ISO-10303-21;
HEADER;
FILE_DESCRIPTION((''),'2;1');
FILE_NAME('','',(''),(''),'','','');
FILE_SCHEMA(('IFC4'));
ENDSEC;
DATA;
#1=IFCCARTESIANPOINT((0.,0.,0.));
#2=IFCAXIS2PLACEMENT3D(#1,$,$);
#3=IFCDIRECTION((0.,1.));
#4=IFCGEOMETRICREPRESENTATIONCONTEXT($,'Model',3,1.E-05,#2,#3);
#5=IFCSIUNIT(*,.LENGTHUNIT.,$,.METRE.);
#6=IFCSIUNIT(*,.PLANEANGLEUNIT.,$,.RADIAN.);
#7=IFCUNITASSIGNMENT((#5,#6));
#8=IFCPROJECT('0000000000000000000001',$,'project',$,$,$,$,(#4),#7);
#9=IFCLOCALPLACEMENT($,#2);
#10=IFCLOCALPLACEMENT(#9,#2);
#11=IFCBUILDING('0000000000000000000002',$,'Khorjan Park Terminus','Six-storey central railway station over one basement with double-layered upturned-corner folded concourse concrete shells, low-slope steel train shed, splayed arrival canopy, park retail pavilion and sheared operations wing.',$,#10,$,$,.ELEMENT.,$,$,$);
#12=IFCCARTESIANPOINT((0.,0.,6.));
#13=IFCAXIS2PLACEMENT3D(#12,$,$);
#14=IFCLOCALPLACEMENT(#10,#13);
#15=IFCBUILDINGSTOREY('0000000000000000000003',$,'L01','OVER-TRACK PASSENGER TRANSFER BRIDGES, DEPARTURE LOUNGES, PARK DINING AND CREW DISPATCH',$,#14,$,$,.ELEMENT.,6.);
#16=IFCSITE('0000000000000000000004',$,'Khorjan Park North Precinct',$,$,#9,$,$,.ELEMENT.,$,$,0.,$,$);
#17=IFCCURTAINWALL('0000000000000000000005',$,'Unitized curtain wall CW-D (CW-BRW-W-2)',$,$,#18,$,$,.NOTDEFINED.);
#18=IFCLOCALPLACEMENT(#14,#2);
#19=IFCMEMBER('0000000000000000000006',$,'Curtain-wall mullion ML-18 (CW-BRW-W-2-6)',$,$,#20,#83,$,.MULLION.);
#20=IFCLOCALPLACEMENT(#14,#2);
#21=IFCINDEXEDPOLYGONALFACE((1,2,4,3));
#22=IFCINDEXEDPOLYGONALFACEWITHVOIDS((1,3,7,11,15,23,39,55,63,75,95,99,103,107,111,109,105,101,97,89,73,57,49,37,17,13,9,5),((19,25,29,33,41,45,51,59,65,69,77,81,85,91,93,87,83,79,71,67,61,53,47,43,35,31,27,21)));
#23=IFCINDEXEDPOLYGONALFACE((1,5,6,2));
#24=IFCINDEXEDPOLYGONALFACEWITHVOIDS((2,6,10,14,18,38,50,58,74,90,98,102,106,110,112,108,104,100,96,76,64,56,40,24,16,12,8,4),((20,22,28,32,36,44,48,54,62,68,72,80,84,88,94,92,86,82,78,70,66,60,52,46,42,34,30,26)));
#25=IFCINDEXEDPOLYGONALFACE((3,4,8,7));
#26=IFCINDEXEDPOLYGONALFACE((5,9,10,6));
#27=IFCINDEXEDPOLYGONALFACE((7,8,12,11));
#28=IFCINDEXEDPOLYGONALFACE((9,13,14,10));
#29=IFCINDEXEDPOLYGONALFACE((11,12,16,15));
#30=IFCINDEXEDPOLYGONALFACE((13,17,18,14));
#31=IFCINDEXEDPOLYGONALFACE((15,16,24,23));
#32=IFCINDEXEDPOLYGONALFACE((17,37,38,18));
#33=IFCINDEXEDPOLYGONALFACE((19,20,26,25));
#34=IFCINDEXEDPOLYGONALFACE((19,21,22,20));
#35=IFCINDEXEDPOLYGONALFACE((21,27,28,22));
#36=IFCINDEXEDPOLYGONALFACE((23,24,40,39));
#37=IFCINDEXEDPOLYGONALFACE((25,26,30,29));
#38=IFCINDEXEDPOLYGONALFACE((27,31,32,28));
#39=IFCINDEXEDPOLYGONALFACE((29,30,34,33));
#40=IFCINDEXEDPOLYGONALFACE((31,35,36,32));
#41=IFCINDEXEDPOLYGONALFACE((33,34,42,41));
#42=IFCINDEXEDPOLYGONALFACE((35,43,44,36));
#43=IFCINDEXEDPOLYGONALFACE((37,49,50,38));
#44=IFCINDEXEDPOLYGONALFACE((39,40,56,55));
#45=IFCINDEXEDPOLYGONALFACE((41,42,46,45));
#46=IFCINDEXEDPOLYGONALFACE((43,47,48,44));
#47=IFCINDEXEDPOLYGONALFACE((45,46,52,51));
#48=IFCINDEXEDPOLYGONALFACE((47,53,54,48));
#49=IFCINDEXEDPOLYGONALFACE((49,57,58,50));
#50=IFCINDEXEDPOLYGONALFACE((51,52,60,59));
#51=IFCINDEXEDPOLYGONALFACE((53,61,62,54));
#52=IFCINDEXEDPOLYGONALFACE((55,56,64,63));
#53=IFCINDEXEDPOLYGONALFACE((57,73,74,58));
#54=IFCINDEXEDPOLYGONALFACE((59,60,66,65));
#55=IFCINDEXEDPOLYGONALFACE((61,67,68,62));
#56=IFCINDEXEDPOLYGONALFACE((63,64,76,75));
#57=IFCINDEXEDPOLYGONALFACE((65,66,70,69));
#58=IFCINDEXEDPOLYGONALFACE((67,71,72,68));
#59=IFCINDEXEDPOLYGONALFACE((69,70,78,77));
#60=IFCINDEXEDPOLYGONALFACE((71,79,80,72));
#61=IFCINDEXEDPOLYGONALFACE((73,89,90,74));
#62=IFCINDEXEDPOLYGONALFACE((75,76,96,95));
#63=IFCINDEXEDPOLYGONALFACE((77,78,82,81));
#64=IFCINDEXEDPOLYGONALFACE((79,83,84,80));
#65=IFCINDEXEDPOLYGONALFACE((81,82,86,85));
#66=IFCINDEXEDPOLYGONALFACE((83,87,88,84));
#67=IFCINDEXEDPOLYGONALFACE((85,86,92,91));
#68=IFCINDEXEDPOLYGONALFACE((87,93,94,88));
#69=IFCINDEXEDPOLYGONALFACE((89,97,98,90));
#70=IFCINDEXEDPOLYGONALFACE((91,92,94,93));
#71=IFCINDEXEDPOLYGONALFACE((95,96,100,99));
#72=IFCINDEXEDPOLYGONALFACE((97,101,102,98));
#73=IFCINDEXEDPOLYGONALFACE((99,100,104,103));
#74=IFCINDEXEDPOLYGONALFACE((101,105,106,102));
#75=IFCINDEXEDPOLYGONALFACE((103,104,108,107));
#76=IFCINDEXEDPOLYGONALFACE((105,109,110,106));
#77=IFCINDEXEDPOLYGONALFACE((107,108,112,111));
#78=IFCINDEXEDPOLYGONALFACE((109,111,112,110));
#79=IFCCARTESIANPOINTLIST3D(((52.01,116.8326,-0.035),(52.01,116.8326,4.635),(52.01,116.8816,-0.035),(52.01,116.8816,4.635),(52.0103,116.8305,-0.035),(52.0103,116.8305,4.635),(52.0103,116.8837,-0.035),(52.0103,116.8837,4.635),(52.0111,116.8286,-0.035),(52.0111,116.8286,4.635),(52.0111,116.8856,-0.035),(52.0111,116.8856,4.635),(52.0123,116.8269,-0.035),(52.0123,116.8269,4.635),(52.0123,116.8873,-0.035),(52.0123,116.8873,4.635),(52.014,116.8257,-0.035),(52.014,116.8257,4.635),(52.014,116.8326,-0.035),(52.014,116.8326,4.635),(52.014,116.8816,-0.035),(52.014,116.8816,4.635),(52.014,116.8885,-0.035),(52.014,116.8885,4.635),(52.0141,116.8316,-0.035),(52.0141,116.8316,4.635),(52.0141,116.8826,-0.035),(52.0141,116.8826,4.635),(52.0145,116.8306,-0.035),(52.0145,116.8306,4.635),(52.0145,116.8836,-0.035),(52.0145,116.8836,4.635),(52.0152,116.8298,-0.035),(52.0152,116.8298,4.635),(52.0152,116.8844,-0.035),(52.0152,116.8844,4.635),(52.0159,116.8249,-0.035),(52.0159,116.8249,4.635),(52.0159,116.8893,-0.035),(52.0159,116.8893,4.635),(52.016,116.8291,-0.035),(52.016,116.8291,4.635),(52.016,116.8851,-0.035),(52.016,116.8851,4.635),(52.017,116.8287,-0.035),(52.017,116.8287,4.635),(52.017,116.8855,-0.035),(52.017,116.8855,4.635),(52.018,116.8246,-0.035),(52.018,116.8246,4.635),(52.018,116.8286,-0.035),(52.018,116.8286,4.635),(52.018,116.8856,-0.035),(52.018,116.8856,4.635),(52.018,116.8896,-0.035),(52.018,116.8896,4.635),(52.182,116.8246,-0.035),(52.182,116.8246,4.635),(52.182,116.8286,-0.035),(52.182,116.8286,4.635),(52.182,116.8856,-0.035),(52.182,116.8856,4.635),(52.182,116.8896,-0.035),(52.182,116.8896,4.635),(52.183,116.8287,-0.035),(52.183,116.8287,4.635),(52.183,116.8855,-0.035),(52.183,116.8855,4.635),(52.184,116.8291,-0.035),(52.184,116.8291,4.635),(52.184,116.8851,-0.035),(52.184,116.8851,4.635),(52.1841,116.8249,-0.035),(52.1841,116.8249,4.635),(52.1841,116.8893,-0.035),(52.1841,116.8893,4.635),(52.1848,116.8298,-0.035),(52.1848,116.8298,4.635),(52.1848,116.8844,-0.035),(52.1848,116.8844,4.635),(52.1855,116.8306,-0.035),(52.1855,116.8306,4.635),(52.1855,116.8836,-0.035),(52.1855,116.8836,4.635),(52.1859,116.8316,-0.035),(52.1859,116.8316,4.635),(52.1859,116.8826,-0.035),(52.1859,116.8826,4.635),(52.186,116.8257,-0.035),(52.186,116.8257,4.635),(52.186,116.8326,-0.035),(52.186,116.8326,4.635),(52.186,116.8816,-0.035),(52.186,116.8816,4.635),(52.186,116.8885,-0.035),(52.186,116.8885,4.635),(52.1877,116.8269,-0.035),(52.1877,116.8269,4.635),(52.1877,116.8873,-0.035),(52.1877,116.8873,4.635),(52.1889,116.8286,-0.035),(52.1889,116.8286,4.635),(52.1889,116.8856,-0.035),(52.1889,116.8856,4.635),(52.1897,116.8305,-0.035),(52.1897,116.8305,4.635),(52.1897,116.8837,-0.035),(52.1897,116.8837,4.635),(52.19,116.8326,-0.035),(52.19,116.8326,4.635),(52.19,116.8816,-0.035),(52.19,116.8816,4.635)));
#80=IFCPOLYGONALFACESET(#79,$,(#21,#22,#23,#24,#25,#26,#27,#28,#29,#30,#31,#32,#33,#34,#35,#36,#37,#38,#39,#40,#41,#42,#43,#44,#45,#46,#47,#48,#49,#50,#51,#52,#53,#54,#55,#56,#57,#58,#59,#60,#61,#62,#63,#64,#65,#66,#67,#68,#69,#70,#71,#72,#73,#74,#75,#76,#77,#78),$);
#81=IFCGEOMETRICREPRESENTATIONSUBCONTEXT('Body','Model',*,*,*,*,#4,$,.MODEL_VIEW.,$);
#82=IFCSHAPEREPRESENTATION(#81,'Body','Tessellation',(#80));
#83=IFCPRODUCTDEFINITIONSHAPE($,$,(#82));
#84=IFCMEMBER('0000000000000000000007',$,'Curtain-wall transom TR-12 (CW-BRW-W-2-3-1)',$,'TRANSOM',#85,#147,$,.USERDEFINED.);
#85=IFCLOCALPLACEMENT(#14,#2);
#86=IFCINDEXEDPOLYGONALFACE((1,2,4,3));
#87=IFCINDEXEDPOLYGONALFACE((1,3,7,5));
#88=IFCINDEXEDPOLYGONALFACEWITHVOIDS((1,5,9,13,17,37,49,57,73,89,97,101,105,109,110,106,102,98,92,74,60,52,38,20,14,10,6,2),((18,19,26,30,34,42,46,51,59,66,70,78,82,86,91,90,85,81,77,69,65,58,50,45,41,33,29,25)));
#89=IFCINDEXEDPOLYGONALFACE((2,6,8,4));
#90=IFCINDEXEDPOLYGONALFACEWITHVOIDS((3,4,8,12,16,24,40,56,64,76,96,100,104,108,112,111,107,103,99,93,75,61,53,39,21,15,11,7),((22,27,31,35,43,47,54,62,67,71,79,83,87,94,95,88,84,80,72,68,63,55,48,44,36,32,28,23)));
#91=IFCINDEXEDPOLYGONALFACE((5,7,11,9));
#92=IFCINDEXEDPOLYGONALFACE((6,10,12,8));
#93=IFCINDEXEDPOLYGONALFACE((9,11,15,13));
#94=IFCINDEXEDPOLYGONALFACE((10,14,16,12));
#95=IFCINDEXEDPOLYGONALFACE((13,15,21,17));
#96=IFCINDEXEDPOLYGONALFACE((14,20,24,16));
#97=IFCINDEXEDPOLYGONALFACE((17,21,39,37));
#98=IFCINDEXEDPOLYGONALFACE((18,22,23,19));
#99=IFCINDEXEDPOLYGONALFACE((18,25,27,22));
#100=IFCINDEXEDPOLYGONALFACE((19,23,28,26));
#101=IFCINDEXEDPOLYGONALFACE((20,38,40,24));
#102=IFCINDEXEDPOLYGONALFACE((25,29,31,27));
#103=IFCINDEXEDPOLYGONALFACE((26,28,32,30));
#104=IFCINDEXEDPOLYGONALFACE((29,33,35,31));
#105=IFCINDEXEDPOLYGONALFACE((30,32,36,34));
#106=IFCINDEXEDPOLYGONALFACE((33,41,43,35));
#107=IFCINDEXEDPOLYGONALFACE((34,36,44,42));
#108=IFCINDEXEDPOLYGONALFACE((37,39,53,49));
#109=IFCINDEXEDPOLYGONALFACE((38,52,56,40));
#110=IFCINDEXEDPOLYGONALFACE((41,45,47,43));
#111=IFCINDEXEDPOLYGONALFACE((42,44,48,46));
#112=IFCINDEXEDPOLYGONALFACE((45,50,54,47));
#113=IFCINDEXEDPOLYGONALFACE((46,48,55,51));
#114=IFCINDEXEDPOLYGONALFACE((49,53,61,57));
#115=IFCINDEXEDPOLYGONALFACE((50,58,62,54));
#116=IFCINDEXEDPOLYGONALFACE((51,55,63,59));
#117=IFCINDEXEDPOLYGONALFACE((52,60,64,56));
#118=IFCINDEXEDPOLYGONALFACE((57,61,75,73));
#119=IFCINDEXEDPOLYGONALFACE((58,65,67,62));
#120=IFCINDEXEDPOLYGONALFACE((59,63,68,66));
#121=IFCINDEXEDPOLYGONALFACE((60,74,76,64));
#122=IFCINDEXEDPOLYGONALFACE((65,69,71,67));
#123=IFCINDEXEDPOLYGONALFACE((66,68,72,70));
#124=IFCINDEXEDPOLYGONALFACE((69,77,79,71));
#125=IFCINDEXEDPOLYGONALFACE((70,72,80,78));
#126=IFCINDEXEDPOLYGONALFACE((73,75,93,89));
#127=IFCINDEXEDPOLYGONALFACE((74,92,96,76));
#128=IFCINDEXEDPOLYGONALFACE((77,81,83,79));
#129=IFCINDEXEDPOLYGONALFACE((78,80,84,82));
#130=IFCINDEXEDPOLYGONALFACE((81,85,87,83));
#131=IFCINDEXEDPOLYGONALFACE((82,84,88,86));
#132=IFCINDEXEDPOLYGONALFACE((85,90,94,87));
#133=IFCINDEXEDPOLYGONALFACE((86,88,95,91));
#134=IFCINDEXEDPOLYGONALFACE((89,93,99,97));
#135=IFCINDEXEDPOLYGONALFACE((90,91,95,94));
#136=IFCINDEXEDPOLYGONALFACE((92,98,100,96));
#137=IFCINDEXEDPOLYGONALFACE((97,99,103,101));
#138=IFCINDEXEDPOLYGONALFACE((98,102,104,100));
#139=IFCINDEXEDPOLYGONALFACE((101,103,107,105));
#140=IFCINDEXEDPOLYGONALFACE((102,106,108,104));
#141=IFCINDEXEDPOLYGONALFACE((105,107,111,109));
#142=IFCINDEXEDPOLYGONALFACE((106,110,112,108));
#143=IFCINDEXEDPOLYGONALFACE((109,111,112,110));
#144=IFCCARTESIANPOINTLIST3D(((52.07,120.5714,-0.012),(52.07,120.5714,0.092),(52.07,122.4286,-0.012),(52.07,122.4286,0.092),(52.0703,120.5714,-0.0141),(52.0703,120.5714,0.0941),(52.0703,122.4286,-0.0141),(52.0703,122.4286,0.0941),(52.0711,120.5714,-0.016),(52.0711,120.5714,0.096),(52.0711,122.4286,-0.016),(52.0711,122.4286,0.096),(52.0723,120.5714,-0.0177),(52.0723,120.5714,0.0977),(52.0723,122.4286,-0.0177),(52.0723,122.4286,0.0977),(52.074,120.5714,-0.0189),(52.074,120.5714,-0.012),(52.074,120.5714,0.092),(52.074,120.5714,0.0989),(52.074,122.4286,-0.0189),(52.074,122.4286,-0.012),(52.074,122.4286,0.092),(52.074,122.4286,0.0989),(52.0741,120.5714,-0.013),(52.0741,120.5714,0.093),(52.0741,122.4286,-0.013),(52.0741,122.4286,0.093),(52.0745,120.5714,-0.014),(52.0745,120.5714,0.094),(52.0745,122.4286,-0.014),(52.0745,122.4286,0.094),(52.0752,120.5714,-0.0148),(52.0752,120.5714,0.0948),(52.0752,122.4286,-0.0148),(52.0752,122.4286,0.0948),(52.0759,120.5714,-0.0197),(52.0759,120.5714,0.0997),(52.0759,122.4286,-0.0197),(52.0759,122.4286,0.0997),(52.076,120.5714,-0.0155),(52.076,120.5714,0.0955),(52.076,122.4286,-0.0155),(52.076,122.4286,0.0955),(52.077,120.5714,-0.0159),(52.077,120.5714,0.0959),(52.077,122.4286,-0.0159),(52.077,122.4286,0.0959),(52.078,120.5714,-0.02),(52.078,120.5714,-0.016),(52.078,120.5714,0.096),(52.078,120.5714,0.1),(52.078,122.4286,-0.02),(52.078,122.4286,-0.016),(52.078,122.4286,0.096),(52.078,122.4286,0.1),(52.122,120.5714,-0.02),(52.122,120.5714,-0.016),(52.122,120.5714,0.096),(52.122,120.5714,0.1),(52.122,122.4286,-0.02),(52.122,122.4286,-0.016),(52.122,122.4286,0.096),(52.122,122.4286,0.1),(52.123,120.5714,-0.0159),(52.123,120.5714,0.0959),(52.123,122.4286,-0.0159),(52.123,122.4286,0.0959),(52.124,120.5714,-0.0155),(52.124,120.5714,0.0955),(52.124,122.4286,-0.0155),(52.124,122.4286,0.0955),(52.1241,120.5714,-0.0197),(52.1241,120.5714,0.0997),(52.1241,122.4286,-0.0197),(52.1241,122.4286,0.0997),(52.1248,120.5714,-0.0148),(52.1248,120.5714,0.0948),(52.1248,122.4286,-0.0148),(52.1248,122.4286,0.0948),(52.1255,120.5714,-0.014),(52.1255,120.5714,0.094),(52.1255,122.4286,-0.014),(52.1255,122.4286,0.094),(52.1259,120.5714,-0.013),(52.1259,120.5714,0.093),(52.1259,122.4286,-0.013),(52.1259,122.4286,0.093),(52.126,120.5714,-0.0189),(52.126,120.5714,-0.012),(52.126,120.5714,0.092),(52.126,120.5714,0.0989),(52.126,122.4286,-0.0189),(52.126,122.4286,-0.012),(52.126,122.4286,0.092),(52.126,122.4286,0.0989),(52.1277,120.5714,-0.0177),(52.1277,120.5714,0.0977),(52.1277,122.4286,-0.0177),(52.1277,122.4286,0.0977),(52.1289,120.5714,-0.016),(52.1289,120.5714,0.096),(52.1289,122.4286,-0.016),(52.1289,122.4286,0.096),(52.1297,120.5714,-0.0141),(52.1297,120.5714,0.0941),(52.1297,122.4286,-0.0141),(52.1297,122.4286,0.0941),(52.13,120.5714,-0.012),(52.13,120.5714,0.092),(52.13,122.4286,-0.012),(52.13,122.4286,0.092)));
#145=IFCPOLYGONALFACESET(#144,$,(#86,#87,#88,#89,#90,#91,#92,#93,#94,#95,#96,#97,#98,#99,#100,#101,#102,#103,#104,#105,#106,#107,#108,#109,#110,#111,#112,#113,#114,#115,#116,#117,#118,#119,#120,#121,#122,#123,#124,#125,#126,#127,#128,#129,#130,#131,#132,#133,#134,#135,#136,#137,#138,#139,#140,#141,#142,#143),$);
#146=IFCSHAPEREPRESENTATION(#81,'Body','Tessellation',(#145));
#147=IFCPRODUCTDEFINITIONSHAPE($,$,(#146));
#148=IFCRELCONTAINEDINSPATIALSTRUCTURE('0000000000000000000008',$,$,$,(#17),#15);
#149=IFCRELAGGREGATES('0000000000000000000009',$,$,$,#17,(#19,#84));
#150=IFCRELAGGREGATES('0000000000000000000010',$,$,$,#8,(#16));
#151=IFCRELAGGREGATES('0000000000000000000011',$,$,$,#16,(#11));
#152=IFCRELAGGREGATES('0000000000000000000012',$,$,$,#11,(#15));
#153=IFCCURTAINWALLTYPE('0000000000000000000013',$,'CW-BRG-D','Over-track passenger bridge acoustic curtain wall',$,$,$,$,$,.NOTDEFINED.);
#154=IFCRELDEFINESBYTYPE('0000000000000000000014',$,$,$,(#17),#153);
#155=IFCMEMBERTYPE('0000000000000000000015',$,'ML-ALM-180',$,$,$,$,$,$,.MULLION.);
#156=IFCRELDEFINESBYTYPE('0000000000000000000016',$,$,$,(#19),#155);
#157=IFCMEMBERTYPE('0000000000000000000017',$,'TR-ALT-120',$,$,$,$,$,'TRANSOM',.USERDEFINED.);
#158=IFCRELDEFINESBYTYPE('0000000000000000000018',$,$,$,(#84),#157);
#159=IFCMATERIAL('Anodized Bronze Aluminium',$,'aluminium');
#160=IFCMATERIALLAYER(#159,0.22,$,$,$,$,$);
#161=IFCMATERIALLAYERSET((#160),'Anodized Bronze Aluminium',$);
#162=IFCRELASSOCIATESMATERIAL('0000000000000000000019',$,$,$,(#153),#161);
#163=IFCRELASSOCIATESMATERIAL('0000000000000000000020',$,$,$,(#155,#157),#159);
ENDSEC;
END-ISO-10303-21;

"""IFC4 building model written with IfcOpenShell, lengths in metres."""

from ifc_helpers import new_model, si_unit, direction, frame, origin, origin_2d, place, context, subcontext, project, spatial, hollow_rectangle, extrude, material, layer, layer_set, material_profile, profile_set, type_object, element, aggregate, save


model = new_model("IFC4")

# Units and contexts
model_context = context("Model", 3, precision=1e-05, world=origin(), true_north=direction((0.0, 1.0)))
body_context = subcontext(model_context, "Body", "Model", "MODEL_VIEW")
ifc_project = project(units=[si_unit("LENGTHUNIT", "METRE"), si_unit("PLANEANGLEUNIT", "RADIAN")], contexts=[model_context])

# Site, building, storey
site_placement = place(None, origin())
site = spatial("IfcSite", under=ifc_project, at=site_placement, Name="Khorjan Park North Precinct", CompositionType="ELEMENT", RefElevation=0.0)
building_placement = place(site_placement, origin())
building = spatial("IfcBuilding", under=site, at=building_placement, Name="Khorjan Park Terminus", Description="Six-storey central railway station over one basement with double-layered upturned-corner folded concourse concrete shells, low-slope steel train shed, splayed arrival canopy, park retail pavilion and sheared operations wing.", CompositionType="ELEMENT")
storey_placement = place(building_placement, frame((0.0, 0.0, 6.0)))
storey = spatial("IfcBuildingStorey", under=building, at=storey_placement, Name="L01", Description="OVER-TRACK PASSENGER TRANSFER BRIDGES, DEPARTURE LOUNGES, PARK DINING AND CREW DISPATCH", CompositionType="ELEMENT", Elevation=6.0)

# Curtain wall, members
ifc_material_1 = material(Name="Anodized Bronze Aluminium", Category="aluminium")
ifc_layer_1 = layer(ifc_material_1, 0.22)
ifc_layer_set_1 = layer_set([ifc_layer_1], Name="Anodized Bronze Aluminium")
curtain_wall_type = type_object("IfcCurtainWallType", Name="CW-BRG-D", Description="Over-track passenger bridge acoustic curtain wall", PredefinedType="NOTDEFINED", material=ifc_layer_set_1)
curtain_wall_placement = place(storey_placement, origin())
curtain_wall = element("IfcCurtainWall", 1, at=curtain_wall_placement, inside=storey, type_object=curtain_wall_type, Name="Unitized curtain wall CW-D (CW-BRW-W-2)", PredefinedType="NOTDEFINED")
ifc_material_profile_1 = material_profile(ifc_material_1, hollow_rectangle(XDim=0.065, YDim=0.18, WallThickness=0.004, InnerFilletRadius=0.004, OuterFilletRadius=0.008, at=origin_2d()), Name="ALM 65x180x4")
ifc_profile_set_1 = profile_set([ifc_material_profile_1], Name="Anodized Bronze Aluminium")
member_type_1 = type_object("IfcMemberType", Name="ML-ALM-180", PredefinedType="MULLION", material=ifc_profile_set_1)
member_1_placement = place(storey_placement, frame((52.1, 116.8571, -0.035), z_axis=(0.0, 0.0, 1.0), x_axis=(0.0, -1.0, 0.0)))
member_1 = element("IfcMember", 2, at=member_1_placement, type_object=member_type_1, Name="Curtain-wall mullion ML-18 (CW-BRW-W-2-6)", PredefinedType="MULLION", context=body_context, shape_type="SweptSolid", body=[
    extrude(hollow_rectangle(XDim=0.065, YDim=0.18, WallThickness=0.004, InnerFilletRadius=0.004, OuterFilletRadius=0.008, at=origin_2d()), origin(), (0.0, 0.0, 1.0), 4.67),
])
ifc_material_profile_2 = material_profile(ifc_material_1, hollow_rectangle(XDim=0.06, YDim=0.12, WallThickness=0.004, InnerFilletRadius=0.004, OuterFilletRadius=0.008, at=origin_2d()), Name="ALT 60x120x4")
ifc_profile_set_2 = profile_set([ifc_material_profile_2], Name="Anodized Bronze Aluminium")
member_type_2 = type_object("IfcMemberType", Name="TR-ALT-120", ElementType="TRANSOM", PredefinedType="USERDEFINED", material=ifc_profile_set_2)
member_2_placement = place(storey_placement, frame((52.1, 122.4286, 0.04), z_axis=(0.0, -1.0, 0.0), x_axis=(1.0, 0.0, 0.0)))
member_2 = element("IfcMember", 3, at=member_2_placement, type_object=member_type_2, Name="Curtain-wall transom TR-12 (CW-BRW-W-2-3-1)", ObjectType="TRANSOM", PredefinedType="USERDEFINED", context=body_context, shape_type="SweptSolid", body=[
    extrude(hollow_rectangle(XDim=0.06, YDim=0.12, WallThickness=0.004, InnerFilletRadius=0.004, OuterFilletRadius=0.008, at=origin_2d()), origin(), (0.0, 0.0, 1.0), 1.8572),
])
aggregate(curtain_wall, [member_1, member_2])

save(model, "model.ifc")
